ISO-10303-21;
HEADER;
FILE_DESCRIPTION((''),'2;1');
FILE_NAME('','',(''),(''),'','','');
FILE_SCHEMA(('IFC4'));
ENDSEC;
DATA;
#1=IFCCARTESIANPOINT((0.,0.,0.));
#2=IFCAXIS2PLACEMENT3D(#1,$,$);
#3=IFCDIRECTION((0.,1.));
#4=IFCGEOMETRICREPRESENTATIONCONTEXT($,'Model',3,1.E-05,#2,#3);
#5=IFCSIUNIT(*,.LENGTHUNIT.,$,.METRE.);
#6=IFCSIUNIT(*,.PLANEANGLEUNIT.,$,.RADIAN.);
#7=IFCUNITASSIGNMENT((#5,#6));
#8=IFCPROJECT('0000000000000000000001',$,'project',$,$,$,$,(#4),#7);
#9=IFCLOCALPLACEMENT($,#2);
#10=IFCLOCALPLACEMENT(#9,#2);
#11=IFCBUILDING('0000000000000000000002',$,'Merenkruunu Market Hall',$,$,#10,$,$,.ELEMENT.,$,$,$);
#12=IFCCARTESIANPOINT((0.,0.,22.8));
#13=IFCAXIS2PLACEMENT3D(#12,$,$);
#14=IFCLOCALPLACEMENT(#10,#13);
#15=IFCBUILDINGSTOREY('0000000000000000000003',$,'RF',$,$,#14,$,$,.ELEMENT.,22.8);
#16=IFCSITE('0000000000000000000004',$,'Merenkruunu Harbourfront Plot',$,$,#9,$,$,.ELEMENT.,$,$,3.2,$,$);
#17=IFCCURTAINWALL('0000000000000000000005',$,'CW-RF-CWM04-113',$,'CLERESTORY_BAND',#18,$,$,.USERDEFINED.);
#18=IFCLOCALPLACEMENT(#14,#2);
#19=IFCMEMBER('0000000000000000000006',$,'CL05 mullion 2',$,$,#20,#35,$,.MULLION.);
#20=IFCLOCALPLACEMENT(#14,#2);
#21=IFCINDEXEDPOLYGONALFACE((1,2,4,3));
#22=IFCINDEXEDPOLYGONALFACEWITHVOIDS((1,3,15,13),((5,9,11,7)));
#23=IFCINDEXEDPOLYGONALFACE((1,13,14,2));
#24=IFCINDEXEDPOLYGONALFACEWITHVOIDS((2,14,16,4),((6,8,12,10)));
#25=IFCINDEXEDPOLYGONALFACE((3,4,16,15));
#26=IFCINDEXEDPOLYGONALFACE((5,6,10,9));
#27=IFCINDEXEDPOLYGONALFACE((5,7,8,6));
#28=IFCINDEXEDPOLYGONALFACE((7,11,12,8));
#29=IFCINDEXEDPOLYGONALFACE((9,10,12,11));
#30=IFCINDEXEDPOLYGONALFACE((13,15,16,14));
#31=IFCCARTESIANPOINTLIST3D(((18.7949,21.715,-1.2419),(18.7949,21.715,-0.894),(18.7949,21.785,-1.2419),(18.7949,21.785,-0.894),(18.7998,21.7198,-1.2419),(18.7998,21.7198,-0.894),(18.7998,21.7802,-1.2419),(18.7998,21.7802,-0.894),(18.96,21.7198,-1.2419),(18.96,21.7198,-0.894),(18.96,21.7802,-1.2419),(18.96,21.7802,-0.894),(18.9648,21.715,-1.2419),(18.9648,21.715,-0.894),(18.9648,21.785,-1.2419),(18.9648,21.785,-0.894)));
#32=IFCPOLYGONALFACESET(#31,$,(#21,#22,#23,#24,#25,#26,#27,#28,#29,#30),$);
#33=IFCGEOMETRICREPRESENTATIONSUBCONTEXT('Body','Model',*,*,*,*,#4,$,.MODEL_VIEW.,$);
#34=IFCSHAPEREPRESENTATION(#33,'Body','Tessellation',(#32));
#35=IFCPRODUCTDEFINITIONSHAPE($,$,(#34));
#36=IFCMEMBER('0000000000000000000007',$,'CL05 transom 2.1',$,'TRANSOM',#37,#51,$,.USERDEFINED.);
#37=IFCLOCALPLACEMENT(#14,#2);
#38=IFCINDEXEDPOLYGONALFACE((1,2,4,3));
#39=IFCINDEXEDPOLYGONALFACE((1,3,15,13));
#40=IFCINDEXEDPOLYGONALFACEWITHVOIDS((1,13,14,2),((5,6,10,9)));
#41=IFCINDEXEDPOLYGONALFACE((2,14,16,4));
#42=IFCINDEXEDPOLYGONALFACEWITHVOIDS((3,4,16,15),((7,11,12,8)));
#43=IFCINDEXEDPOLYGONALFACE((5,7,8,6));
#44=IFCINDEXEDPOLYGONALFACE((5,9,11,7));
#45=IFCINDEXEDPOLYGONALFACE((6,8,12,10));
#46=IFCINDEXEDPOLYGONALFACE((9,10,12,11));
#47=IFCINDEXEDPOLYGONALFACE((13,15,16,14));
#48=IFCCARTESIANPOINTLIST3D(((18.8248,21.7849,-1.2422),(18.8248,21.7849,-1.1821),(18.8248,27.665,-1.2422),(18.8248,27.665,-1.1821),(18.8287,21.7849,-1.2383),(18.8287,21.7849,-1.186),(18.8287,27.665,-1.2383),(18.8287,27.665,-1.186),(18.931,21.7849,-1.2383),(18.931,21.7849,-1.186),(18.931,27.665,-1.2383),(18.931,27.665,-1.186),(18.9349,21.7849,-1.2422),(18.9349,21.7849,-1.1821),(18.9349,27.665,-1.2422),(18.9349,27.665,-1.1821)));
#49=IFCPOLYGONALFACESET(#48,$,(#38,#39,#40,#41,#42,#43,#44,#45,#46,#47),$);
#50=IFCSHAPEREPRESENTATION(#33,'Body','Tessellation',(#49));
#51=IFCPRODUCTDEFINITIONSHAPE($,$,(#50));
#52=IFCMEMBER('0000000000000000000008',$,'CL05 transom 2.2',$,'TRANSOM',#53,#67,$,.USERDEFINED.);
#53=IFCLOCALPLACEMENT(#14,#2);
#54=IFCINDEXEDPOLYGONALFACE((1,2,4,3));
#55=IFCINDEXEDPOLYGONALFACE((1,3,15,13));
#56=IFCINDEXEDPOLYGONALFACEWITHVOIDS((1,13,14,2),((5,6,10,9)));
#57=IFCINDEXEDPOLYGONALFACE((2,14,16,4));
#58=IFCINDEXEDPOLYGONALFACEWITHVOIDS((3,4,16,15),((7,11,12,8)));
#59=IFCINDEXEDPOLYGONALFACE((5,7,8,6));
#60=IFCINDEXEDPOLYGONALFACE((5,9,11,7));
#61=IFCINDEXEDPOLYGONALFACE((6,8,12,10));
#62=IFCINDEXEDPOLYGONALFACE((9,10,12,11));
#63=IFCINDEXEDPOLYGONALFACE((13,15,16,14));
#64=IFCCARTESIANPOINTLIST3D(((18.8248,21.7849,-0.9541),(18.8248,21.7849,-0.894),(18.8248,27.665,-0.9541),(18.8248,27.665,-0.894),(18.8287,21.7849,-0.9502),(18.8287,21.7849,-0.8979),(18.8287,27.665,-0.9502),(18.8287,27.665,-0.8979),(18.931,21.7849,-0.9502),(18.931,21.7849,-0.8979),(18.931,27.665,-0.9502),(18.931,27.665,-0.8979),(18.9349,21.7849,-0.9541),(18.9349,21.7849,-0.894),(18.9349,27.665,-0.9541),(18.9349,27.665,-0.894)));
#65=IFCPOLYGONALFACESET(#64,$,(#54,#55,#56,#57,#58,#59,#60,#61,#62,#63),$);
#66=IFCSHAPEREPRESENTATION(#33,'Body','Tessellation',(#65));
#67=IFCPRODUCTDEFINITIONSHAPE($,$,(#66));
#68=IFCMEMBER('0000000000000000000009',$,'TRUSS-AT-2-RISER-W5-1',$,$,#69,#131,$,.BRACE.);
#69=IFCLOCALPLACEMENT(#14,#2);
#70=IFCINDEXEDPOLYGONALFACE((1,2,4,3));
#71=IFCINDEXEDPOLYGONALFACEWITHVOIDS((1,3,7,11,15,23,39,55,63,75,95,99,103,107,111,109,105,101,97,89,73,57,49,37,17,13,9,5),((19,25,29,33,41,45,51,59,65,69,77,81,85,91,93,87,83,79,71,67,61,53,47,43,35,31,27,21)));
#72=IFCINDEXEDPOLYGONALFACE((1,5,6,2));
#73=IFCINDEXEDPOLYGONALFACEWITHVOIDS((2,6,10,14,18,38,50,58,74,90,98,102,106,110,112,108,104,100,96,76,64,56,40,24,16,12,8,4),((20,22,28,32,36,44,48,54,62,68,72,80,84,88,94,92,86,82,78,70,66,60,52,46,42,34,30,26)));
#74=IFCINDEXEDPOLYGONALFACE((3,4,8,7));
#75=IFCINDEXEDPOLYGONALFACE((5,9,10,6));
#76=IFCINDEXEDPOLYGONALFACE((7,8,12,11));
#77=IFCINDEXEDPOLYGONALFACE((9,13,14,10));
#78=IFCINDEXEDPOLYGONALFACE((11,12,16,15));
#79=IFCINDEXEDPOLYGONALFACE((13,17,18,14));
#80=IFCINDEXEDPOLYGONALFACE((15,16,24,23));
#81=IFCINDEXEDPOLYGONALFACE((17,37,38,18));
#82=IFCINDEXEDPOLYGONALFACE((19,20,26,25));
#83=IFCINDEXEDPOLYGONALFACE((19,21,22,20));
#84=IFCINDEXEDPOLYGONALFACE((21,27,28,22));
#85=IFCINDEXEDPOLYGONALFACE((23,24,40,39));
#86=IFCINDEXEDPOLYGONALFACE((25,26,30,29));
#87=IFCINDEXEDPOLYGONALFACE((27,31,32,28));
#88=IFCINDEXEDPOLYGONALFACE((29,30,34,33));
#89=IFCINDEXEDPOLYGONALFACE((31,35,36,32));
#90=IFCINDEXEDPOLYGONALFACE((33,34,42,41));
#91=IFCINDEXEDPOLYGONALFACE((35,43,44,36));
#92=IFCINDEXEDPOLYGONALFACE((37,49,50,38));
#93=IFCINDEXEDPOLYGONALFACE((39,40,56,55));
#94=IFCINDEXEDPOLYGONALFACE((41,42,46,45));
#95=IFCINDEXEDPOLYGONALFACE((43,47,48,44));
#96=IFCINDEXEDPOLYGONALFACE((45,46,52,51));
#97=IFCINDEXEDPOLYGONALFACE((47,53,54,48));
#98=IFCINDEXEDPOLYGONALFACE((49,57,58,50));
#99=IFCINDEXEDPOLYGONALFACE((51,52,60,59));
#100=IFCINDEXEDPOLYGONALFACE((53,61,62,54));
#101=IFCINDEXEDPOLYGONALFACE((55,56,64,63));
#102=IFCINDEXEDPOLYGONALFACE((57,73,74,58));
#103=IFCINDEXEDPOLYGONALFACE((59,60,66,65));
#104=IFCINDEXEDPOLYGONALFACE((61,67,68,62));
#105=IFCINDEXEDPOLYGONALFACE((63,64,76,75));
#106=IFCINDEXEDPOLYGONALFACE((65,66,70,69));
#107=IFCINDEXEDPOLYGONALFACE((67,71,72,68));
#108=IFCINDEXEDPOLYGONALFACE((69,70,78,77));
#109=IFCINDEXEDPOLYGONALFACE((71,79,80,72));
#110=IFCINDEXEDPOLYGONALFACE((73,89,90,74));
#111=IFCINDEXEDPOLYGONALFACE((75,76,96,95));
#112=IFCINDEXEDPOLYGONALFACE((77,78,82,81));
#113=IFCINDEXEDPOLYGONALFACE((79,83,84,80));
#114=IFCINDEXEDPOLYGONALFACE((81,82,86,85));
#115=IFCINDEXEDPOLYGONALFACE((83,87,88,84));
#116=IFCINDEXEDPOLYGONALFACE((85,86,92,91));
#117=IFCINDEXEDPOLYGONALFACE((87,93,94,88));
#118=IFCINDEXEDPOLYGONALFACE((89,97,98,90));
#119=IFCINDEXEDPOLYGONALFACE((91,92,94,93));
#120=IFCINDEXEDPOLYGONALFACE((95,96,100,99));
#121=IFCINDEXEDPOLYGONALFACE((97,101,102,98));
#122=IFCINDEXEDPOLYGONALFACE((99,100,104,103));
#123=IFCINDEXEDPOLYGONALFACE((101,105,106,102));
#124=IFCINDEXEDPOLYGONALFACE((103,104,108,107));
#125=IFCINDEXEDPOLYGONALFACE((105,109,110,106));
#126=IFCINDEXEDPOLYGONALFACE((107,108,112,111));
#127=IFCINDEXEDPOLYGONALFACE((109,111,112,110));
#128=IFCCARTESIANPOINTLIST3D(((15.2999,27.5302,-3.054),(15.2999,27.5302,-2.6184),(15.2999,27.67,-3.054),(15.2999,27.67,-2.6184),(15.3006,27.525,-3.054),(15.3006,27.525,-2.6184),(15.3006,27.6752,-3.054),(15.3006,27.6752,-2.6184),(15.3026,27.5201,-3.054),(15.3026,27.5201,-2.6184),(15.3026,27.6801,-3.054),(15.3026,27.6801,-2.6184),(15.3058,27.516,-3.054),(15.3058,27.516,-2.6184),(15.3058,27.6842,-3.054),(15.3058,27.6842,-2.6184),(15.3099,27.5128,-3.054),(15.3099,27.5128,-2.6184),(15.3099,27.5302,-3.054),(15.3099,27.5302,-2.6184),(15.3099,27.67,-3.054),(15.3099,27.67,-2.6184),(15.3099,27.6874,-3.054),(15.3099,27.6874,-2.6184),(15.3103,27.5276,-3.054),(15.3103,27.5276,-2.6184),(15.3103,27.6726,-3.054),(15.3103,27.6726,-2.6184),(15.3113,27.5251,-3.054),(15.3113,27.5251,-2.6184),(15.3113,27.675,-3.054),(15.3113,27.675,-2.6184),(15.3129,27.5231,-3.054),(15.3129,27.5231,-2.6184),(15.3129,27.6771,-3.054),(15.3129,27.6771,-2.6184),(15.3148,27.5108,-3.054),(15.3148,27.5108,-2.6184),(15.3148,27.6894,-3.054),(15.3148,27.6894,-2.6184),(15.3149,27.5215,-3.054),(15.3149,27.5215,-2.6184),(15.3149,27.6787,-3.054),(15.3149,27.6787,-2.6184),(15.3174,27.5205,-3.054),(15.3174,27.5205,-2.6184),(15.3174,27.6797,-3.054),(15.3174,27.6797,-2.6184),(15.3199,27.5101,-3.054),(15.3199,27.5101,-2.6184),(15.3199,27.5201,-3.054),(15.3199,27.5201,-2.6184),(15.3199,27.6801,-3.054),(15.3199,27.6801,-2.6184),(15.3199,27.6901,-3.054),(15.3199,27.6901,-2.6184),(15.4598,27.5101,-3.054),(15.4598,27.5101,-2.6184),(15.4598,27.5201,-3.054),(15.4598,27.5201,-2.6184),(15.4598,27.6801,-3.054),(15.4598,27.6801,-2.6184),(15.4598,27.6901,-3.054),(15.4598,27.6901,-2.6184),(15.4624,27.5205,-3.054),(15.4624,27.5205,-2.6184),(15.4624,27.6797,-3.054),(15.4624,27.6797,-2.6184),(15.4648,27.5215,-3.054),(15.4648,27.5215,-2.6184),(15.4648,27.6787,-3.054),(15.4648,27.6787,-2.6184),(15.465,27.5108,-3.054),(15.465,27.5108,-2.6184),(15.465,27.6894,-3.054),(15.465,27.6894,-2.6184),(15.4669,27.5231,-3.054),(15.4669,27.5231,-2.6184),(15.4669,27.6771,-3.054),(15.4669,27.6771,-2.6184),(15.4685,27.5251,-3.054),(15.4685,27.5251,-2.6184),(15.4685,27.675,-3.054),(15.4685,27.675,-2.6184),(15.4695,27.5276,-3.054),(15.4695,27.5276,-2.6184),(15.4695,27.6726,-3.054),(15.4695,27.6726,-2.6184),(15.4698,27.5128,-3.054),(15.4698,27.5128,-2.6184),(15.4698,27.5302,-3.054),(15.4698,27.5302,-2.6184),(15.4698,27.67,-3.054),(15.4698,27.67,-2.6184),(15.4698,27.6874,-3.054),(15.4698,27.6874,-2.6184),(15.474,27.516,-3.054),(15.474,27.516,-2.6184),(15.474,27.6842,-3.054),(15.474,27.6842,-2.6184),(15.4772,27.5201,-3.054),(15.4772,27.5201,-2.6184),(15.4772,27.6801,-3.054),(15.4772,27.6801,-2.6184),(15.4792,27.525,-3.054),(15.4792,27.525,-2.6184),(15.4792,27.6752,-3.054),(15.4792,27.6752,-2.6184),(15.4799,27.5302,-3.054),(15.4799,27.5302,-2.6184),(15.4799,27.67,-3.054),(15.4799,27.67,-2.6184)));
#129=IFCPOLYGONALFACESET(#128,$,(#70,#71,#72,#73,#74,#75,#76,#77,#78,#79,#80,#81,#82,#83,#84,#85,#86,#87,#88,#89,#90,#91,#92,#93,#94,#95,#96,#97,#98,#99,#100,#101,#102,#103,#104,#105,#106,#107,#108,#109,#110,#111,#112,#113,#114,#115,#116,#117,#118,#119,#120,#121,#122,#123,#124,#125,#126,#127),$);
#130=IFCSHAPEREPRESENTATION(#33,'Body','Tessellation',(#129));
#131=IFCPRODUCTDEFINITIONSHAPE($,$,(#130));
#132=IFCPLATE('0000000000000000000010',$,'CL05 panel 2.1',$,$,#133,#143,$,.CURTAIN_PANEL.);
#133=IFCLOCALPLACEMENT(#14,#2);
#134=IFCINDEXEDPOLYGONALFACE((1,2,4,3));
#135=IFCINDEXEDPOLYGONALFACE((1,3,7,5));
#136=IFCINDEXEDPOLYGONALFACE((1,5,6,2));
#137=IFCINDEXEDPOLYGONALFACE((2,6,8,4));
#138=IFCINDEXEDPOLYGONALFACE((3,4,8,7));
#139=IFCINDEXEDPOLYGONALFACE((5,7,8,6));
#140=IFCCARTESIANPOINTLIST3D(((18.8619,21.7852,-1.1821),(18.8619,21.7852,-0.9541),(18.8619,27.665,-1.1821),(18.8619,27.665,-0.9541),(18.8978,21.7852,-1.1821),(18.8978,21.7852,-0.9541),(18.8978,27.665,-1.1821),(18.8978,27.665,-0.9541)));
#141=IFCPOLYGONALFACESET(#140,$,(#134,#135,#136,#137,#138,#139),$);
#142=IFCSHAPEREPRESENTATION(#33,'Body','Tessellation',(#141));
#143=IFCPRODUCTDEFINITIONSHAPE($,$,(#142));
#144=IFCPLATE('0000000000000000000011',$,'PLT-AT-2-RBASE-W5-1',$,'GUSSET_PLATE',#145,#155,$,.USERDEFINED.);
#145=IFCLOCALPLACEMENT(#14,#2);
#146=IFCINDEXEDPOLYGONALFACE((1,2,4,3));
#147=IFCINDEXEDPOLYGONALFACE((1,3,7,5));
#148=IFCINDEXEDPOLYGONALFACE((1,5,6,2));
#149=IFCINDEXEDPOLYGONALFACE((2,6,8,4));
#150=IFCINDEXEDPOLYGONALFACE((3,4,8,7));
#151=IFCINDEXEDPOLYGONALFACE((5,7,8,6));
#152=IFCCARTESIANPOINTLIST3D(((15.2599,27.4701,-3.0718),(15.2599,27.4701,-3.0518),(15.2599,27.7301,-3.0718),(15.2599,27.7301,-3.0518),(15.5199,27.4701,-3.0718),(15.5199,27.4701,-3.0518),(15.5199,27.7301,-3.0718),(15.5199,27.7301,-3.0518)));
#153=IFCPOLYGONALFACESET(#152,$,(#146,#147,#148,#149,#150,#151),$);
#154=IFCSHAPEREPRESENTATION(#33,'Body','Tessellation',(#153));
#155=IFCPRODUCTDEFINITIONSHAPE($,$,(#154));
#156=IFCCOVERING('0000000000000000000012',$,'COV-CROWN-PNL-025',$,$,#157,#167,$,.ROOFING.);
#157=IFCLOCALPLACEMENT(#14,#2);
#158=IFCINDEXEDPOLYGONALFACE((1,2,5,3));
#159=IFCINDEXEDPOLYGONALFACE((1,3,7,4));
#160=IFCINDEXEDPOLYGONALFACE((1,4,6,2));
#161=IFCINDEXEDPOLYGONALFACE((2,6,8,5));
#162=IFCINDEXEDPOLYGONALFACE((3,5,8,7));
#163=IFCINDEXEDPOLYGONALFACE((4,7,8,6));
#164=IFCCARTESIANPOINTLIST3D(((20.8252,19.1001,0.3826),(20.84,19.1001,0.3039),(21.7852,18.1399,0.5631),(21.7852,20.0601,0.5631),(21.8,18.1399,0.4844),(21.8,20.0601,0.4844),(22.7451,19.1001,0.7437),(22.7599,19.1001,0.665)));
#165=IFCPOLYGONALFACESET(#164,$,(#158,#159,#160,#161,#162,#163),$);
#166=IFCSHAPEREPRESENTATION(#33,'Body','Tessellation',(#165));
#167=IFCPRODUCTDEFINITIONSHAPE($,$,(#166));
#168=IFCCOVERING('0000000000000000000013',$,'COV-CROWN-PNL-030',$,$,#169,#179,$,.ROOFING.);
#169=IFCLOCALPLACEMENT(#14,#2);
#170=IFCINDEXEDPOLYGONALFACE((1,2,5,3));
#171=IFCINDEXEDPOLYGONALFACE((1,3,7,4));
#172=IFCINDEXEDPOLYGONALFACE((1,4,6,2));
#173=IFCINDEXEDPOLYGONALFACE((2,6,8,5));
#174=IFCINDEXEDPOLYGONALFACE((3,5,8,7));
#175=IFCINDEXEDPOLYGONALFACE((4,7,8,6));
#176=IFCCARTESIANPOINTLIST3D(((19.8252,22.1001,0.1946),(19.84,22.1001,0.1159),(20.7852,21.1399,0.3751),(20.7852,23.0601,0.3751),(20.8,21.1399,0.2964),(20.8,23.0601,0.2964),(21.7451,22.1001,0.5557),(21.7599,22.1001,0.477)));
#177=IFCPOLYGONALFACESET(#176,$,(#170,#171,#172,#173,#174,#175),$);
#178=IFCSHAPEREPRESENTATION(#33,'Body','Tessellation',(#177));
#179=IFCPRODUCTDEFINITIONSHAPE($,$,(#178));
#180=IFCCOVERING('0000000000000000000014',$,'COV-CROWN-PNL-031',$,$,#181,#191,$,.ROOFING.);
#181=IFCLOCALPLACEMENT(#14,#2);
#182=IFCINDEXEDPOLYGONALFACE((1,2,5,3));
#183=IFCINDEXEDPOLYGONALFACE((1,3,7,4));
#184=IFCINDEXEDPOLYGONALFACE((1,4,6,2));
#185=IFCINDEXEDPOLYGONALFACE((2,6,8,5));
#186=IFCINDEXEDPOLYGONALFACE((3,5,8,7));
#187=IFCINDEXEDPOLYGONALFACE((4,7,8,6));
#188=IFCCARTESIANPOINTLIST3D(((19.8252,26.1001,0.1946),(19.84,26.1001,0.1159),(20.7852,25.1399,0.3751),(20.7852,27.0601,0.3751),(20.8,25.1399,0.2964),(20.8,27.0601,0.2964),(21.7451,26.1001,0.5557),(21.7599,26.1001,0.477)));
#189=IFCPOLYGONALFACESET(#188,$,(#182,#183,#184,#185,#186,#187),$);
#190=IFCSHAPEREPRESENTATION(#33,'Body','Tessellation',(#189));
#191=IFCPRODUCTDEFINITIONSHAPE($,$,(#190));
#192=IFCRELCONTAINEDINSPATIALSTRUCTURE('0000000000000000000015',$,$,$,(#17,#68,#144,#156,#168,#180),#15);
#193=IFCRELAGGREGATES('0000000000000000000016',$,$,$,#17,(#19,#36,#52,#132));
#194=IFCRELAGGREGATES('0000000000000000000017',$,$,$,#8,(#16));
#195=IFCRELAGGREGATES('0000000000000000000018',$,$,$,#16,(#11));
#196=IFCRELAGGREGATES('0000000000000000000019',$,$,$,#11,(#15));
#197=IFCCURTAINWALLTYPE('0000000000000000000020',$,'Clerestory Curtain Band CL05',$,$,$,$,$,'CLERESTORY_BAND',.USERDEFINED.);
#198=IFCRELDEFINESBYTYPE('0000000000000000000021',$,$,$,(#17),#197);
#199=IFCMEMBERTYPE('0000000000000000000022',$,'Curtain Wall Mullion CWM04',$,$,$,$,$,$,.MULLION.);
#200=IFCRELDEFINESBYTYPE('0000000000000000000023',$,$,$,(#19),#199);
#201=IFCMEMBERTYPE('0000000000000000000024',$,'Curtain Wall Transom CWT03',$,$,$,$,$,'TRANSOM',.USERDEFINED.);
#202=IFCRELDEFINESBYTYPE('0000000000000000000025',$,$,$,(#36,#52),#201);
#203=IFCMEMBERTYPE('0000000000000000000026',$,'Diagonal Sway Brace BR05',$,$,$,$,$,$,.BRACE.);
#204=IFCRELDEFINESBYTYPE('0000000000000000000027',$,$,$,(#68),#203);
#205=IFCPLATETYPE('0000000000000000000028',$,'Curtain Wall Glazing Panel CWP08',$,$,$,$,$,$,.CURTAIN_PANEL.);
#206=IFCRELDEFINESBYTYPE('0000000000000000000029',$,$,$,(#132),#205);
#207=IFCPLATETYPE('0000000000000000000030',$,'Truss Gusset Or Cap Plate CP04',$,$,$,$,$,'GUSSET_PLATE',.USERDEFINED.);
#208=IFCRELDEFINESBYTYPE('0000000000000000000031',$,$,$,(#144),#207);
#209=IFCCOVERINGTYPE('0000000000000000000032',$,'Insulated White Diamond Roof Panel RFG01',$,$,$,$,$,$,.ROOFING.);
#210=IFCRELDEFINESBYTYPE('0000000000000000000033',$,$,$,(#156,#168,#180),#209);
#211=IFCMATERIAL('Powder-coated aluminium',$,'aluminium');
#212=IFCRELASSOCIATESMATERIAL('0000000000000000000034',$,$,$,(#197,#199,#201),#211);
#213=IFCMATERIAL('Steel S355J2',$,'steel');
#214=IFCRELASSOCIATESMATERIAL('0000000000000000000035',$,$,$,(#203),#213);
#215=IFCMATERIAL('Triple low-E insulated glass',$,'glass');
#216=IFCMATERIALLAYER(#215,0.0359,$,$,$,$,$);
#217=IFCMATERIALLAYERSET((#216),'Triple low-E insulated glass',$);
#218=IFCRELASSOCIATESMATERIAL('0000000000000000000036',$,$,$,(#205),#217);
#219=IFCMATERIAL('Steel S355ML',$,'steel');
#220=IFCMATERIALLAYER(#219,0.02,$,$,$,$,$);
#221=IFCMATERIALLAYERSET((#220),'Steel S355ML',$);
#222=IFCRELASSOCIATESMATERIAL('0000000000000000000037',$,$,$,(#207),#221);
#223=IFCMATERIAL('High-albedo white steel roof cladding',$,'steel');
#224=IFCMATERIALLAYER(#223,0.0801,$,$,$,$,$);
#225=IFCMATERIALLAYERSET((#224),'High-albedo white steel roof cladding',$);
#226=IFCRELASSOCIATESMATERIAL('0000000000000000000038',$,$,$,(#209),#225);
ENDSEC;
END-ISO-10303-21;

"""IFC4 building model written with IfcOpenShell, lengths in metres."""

from ifc_helpers import new_model, si_unit, direction, frame, origin, origin_2d, place, context, subcontext, project, spatial, polyline, rectangle, hollow_rectangle, outline, extrude, material, layer, layer_set, material_profile, profile_set, type_object, element, aggregate, save


model = new_model("IFC4")

# Units and contexts
model_context = context("Model", 3, precision=1e-05, world=origin(), true_north=direction((0.0, 1.0)))
body_context = subcontext(model_context, "Body", "Model", "MODEL_VIEW")
ifc_project = project(units=[si_unit("LENGTHUNIT", "METRE"), si_unit("PLANEANGLEUNIT", "RADIAN")], contexts=[model_context])

# Site, building, storey
site_placement = place(None, origin())
site = spatial("IfcSite", under=ifc_project, at=site_placement, Name="Merenkruunu Harbourfront Plot", CompositionType="ELEMENT", RefElevation=3.2)
building_placement = place(site_placement, origin())
building = spatial("IfcBuilding", under=site, at=building_placement, Name="Merenkruunu Market Hall", CompositionType="ELEMENT")
storey_placement = place(building_placement, frame((0.0, 0.0, 22.8)))
storey = spatial("IfcBuildingStorey", under=building, at=storey_placement, Name="RF", CompositionType="ELEMENT", Elevation=22.8)

# Curtain wall, members
ifc_material_1 = material(Name="Powder-coated aluminium", Category="aluminium")
curtain_wall_type = type_object("IfcCurtainWallType", Name="Clerestory Curtain Band CL05", ElementType="CLERESTORY_BAND", PredefinedType="USERDEFINED", material=ifc_material_1)
curtain_wall_placement = place(storey_placement, origin())
curtain_wall = element("IfcCurtainWall", 1, at=curtain_wall_placement, inside=storey, type_object=curtain_wall_type, Name="CW-RF-CWM04-113", ObjectType="CLERESTORY_BAND", PredefinedType="USERDEFINED")
ifc_material_profile_1 = material_profile(ifc_material_1, hollow_rectangle(XDim=0.0701, YDim=0.1699, WallThickness=0.0049, at=origin_2d()), Name="ALU 70x170x5")
ifc_profile_set_1 = profile_set([ifc_material_profile_1], Name="Powder-coated aluminium")
member_type_1 = type_object("IfcMemberType", Name="Curtain Wall Mullion CWM04", PredefinedType="MULLION", material=ifc_profile_set_1)
member_1_placement = place(storey_placement, frame((18.8799, 21.75, -1.2419), z_axis=(0.0, 0.0, 1.0), x_axis=(0.0, 1.0, 0.0)))
member_1 = element("IfcMember", 2, at=member_1_placement, type_object=member_type_1, Name="CL05 mullion 2", PredefinedType="MULLION", context=body_context, shape_type="SweptSolid", body=[
    extrude(hollow_rectangle(XDim=0.0701, YDim=0.1699, WallThickness=0.0049, at=origin_2d()), origin(), (0.0, 0.0, 1.0), 0.3479),
])
ifc_material_profile_2 = material_profile(ifc_material_1, hollow_rectangle(XDim=0.0601, YDim=0.1101, WallThickness=0.0039, at=origin_2d()), Name="ALU 60x110x4")
ifc_profile_set_2 = profile_set([ifc_material_profile_2], Name="Powder-coated aluminium")
member_type_2 = type_object("IfcMemberType", Name="Curtain Wall Transom CWT03", ElementType="TRANSOM", PredefinedType="USERDEFINED", material=ifc_profile_set_2)
member_2_placement = place(storey_placement, frame((18.8799, 21.7849, -1.2122), z_axis=(0.0, 1.0, 0.0), x_axis=(0.0, 0.0, 1.0)))
member_2 = element("IfcMember", 3, at=member_2_placement, type_object=member_type_2, Name="CL05 transom 2.1", ObjectType="TRANSOM", PredefinedType="USERDEFINED", context=body_context, shape_type="SweptSolid", body=[
    extrude(hollow_rectangle(XDim=0.0601, YDim=0.1101, WallThickness=0.0039, at=origin_2d()), origin(), (0.0, 0.0, 1.0), 5.8801),
])
member_3_placement = place(storey_placement, frame((18.8799, 21.7849, -0.9241), z_axis=(0.0, 1.0, 0.0), x_axis=(0.0, 0.0, 1.0)))
member_3 = element("IfcMember", 4, at=member_3_placement, type_object=member_type_2, Name="CL05 transom 2.2", ObjectType="TRANSOM", PredefinedType="USERDEFINED", context=body_context, shape_type="SweptSolid", body=[
    extrude(hollow_rectangle(XDim=0.0601, YDim=0.1101, WallThickness=0.0039, at=origin_2d()), origin(), (0.0, 0.0, 1.0), 5.8801),
])

# Member
ifc_material_2 = material(Name="Steel S355J2", Category="steel")
ifc_material_profile_3 = material_profile(ifc_material_2, hollow_rectangle(XDim=0.1799, YDim=0.1799, WallThickness=0.01, InnerFilletRadius=0.01, OuterFilletRadius=0.02, at=origin_2d()), Name="SHS 180x180x10")
ifc_profile_set_3 = profile_set([ifc_material_profile_3], Name="Steel S355J2")
member_type_3 = type_object("IfcMemberType", Name="Diagonal Sway Brace BR05", PredefinedType="BRACE", material=ifc_profile_set_3)
member_4_placement = place(storey_placement, frame((15.3899, 27.6001, -3.054), z_axis=(0.0, 0.0, 1.0), x_axis=(1.0, 0.0, 0.0)))
element("IfcMember", 5, at=member_4_placement, inside=storey, type_object=member_type_3, Name="TRUSS-AT-2-RISER-W5-1", PredefinedType="BRACE", context=body_context, shape_type="SweptSolid", body=[
    extrude(hollow_rectangle(XDim=0.1799, YDim=0.1799, WallThickness=0.01, InnerFilletRadius=0.01, OuterFilletRadius=0.02, at=origin_2d()), origin(), (0.0, 0.0, 1.0), 0.4355),
])

# Plates
ifc_material_3 = material(Name="Triple low-E insulated glass", Category="glass")
ifc_layer_1 = layer(ifc_material_3, 0.0359)
ifc_layer_set_1 = layer_set([ifc_layer_1], Name="Triple low-E insulated glass")
plate_type_1 = type_object("IfcPlateType", Name="Curtain Wall Glazing Panel CWP08", PredefinedType="CURTAIN_PANEL", material=ifc_layer_set_1)
plate_1_placement = place(storey_placement, frame((18.8799, 24.7251, -1.1821), z_axis=(0.0, 0.0, 1.0), x_axis=(0.0, 1.0, 0.0)))
plate_1 = element("IfcPlate", 6, at=plate_1_placement, type_object=plate_type_1, Name="CL05 panel 2.1", PredefinedType="CURTAIN_PANEL", context=body_context, shape_type="SweptSolid", body=[
    extrude(rectangle(XDim=5.8799, YDim=0.0359, at=origin_2d()), origin(), (0.0, 0.0, 1.0), 0.228),
])
aggregate(curtain_wall, [member_1, member_2, member_3, plate_1])
ifc_material_4 = material(Name="Steel S355ML", Category="steel")
ifc_layer_2 = layer(ifc_material_4, 0.02)
ifc_layer_set_2 = layer_set([ifc_layer_2], Name="Steel S355ML")
plate_type_2 = type_object("IfcPlateType", Name="Truss Gusset Or Cap Plate CP04", ElementType="GUSSET_PLATE", PredefinedType="USERDEFINED", material=ifc_layer_set_2)
plate_2_placement = place(storey_placement, frame((15.3899, 27.6001, -3.0718), z_axis=(0.0, 0.0, 1.0), x_axis=(1.0, 0.0, 0.0)))
element("IfcPlate", 7, at=plate_2_placement, inside=storey, type_object=plate_type_2, Name="PLT-AT-2-RBASE-W5-1", ObjectType="GUSSET_PLATE", PredefinedType="USERDEFINED", context=body_context, shape_type="SweptSolid", body=[
    extrude(rectangle(XDim=0.26, YDim=0.26, at=origin_2d()), origin(), (0.0, 0.0, 1.0), 0.02),
])

# Coverings
ifc_material_5 = material(Name="High-albedo white steel roof cladding", Category="steel")
ifc_layer_3 = layer(ifc_material_5, 0.0801)
ifc_layer_set_3 = layer_set([ifc_layer_3], Name="High-albedo white steel roof cladding")
covering_type_1 = type_object("IfcCoveringType", Name="Insulated White Diamond Roof Panel RFG01", PredefinedType="ROOFING", material=ifc_layer_set_3)
for number, where, z_axis, x_axis, name in (
    (8, (20.8252, 19.1001, 0.3826), (-0.184832, 0.0, 0.98277), (0.700856, -0.701018, 0.131812), "COV-CROWN-PNL-025"),
    (9, (19.8252, 22.1001, 0.1946), (-0.184832, 0.0, 0.98277), (0.700856, -0.701018, 0.131812), "COV-CROWN-PNL-030"),
    (10, (19.8252, 26.1001, 0.1946), (-0.184832, 0.0, 0.98277), (0.700856, -0.701018, 0.131812), "COV-CROWN-PNL-031"),
):
    element("IfcCovering", number, at=place(storey_placement, frame(where, z_axis=z_axis, x_axis=x_axis)), inside=storey, type_object=covering_type_1, Name=name, PredefinedType="ROOFING", context=body_context, shape_type="SweptSolid", body=[
        extrude(outline(polyline([(0.0, 0.0), (1.3697, 0.0), (1.3932, 1.3695), (0.0237, 1.3694), (0.0, 0.0)])), origin(), (0.0, 0.0, -1.0), 0.0801),
    ])

save(model, "model.ifc")
